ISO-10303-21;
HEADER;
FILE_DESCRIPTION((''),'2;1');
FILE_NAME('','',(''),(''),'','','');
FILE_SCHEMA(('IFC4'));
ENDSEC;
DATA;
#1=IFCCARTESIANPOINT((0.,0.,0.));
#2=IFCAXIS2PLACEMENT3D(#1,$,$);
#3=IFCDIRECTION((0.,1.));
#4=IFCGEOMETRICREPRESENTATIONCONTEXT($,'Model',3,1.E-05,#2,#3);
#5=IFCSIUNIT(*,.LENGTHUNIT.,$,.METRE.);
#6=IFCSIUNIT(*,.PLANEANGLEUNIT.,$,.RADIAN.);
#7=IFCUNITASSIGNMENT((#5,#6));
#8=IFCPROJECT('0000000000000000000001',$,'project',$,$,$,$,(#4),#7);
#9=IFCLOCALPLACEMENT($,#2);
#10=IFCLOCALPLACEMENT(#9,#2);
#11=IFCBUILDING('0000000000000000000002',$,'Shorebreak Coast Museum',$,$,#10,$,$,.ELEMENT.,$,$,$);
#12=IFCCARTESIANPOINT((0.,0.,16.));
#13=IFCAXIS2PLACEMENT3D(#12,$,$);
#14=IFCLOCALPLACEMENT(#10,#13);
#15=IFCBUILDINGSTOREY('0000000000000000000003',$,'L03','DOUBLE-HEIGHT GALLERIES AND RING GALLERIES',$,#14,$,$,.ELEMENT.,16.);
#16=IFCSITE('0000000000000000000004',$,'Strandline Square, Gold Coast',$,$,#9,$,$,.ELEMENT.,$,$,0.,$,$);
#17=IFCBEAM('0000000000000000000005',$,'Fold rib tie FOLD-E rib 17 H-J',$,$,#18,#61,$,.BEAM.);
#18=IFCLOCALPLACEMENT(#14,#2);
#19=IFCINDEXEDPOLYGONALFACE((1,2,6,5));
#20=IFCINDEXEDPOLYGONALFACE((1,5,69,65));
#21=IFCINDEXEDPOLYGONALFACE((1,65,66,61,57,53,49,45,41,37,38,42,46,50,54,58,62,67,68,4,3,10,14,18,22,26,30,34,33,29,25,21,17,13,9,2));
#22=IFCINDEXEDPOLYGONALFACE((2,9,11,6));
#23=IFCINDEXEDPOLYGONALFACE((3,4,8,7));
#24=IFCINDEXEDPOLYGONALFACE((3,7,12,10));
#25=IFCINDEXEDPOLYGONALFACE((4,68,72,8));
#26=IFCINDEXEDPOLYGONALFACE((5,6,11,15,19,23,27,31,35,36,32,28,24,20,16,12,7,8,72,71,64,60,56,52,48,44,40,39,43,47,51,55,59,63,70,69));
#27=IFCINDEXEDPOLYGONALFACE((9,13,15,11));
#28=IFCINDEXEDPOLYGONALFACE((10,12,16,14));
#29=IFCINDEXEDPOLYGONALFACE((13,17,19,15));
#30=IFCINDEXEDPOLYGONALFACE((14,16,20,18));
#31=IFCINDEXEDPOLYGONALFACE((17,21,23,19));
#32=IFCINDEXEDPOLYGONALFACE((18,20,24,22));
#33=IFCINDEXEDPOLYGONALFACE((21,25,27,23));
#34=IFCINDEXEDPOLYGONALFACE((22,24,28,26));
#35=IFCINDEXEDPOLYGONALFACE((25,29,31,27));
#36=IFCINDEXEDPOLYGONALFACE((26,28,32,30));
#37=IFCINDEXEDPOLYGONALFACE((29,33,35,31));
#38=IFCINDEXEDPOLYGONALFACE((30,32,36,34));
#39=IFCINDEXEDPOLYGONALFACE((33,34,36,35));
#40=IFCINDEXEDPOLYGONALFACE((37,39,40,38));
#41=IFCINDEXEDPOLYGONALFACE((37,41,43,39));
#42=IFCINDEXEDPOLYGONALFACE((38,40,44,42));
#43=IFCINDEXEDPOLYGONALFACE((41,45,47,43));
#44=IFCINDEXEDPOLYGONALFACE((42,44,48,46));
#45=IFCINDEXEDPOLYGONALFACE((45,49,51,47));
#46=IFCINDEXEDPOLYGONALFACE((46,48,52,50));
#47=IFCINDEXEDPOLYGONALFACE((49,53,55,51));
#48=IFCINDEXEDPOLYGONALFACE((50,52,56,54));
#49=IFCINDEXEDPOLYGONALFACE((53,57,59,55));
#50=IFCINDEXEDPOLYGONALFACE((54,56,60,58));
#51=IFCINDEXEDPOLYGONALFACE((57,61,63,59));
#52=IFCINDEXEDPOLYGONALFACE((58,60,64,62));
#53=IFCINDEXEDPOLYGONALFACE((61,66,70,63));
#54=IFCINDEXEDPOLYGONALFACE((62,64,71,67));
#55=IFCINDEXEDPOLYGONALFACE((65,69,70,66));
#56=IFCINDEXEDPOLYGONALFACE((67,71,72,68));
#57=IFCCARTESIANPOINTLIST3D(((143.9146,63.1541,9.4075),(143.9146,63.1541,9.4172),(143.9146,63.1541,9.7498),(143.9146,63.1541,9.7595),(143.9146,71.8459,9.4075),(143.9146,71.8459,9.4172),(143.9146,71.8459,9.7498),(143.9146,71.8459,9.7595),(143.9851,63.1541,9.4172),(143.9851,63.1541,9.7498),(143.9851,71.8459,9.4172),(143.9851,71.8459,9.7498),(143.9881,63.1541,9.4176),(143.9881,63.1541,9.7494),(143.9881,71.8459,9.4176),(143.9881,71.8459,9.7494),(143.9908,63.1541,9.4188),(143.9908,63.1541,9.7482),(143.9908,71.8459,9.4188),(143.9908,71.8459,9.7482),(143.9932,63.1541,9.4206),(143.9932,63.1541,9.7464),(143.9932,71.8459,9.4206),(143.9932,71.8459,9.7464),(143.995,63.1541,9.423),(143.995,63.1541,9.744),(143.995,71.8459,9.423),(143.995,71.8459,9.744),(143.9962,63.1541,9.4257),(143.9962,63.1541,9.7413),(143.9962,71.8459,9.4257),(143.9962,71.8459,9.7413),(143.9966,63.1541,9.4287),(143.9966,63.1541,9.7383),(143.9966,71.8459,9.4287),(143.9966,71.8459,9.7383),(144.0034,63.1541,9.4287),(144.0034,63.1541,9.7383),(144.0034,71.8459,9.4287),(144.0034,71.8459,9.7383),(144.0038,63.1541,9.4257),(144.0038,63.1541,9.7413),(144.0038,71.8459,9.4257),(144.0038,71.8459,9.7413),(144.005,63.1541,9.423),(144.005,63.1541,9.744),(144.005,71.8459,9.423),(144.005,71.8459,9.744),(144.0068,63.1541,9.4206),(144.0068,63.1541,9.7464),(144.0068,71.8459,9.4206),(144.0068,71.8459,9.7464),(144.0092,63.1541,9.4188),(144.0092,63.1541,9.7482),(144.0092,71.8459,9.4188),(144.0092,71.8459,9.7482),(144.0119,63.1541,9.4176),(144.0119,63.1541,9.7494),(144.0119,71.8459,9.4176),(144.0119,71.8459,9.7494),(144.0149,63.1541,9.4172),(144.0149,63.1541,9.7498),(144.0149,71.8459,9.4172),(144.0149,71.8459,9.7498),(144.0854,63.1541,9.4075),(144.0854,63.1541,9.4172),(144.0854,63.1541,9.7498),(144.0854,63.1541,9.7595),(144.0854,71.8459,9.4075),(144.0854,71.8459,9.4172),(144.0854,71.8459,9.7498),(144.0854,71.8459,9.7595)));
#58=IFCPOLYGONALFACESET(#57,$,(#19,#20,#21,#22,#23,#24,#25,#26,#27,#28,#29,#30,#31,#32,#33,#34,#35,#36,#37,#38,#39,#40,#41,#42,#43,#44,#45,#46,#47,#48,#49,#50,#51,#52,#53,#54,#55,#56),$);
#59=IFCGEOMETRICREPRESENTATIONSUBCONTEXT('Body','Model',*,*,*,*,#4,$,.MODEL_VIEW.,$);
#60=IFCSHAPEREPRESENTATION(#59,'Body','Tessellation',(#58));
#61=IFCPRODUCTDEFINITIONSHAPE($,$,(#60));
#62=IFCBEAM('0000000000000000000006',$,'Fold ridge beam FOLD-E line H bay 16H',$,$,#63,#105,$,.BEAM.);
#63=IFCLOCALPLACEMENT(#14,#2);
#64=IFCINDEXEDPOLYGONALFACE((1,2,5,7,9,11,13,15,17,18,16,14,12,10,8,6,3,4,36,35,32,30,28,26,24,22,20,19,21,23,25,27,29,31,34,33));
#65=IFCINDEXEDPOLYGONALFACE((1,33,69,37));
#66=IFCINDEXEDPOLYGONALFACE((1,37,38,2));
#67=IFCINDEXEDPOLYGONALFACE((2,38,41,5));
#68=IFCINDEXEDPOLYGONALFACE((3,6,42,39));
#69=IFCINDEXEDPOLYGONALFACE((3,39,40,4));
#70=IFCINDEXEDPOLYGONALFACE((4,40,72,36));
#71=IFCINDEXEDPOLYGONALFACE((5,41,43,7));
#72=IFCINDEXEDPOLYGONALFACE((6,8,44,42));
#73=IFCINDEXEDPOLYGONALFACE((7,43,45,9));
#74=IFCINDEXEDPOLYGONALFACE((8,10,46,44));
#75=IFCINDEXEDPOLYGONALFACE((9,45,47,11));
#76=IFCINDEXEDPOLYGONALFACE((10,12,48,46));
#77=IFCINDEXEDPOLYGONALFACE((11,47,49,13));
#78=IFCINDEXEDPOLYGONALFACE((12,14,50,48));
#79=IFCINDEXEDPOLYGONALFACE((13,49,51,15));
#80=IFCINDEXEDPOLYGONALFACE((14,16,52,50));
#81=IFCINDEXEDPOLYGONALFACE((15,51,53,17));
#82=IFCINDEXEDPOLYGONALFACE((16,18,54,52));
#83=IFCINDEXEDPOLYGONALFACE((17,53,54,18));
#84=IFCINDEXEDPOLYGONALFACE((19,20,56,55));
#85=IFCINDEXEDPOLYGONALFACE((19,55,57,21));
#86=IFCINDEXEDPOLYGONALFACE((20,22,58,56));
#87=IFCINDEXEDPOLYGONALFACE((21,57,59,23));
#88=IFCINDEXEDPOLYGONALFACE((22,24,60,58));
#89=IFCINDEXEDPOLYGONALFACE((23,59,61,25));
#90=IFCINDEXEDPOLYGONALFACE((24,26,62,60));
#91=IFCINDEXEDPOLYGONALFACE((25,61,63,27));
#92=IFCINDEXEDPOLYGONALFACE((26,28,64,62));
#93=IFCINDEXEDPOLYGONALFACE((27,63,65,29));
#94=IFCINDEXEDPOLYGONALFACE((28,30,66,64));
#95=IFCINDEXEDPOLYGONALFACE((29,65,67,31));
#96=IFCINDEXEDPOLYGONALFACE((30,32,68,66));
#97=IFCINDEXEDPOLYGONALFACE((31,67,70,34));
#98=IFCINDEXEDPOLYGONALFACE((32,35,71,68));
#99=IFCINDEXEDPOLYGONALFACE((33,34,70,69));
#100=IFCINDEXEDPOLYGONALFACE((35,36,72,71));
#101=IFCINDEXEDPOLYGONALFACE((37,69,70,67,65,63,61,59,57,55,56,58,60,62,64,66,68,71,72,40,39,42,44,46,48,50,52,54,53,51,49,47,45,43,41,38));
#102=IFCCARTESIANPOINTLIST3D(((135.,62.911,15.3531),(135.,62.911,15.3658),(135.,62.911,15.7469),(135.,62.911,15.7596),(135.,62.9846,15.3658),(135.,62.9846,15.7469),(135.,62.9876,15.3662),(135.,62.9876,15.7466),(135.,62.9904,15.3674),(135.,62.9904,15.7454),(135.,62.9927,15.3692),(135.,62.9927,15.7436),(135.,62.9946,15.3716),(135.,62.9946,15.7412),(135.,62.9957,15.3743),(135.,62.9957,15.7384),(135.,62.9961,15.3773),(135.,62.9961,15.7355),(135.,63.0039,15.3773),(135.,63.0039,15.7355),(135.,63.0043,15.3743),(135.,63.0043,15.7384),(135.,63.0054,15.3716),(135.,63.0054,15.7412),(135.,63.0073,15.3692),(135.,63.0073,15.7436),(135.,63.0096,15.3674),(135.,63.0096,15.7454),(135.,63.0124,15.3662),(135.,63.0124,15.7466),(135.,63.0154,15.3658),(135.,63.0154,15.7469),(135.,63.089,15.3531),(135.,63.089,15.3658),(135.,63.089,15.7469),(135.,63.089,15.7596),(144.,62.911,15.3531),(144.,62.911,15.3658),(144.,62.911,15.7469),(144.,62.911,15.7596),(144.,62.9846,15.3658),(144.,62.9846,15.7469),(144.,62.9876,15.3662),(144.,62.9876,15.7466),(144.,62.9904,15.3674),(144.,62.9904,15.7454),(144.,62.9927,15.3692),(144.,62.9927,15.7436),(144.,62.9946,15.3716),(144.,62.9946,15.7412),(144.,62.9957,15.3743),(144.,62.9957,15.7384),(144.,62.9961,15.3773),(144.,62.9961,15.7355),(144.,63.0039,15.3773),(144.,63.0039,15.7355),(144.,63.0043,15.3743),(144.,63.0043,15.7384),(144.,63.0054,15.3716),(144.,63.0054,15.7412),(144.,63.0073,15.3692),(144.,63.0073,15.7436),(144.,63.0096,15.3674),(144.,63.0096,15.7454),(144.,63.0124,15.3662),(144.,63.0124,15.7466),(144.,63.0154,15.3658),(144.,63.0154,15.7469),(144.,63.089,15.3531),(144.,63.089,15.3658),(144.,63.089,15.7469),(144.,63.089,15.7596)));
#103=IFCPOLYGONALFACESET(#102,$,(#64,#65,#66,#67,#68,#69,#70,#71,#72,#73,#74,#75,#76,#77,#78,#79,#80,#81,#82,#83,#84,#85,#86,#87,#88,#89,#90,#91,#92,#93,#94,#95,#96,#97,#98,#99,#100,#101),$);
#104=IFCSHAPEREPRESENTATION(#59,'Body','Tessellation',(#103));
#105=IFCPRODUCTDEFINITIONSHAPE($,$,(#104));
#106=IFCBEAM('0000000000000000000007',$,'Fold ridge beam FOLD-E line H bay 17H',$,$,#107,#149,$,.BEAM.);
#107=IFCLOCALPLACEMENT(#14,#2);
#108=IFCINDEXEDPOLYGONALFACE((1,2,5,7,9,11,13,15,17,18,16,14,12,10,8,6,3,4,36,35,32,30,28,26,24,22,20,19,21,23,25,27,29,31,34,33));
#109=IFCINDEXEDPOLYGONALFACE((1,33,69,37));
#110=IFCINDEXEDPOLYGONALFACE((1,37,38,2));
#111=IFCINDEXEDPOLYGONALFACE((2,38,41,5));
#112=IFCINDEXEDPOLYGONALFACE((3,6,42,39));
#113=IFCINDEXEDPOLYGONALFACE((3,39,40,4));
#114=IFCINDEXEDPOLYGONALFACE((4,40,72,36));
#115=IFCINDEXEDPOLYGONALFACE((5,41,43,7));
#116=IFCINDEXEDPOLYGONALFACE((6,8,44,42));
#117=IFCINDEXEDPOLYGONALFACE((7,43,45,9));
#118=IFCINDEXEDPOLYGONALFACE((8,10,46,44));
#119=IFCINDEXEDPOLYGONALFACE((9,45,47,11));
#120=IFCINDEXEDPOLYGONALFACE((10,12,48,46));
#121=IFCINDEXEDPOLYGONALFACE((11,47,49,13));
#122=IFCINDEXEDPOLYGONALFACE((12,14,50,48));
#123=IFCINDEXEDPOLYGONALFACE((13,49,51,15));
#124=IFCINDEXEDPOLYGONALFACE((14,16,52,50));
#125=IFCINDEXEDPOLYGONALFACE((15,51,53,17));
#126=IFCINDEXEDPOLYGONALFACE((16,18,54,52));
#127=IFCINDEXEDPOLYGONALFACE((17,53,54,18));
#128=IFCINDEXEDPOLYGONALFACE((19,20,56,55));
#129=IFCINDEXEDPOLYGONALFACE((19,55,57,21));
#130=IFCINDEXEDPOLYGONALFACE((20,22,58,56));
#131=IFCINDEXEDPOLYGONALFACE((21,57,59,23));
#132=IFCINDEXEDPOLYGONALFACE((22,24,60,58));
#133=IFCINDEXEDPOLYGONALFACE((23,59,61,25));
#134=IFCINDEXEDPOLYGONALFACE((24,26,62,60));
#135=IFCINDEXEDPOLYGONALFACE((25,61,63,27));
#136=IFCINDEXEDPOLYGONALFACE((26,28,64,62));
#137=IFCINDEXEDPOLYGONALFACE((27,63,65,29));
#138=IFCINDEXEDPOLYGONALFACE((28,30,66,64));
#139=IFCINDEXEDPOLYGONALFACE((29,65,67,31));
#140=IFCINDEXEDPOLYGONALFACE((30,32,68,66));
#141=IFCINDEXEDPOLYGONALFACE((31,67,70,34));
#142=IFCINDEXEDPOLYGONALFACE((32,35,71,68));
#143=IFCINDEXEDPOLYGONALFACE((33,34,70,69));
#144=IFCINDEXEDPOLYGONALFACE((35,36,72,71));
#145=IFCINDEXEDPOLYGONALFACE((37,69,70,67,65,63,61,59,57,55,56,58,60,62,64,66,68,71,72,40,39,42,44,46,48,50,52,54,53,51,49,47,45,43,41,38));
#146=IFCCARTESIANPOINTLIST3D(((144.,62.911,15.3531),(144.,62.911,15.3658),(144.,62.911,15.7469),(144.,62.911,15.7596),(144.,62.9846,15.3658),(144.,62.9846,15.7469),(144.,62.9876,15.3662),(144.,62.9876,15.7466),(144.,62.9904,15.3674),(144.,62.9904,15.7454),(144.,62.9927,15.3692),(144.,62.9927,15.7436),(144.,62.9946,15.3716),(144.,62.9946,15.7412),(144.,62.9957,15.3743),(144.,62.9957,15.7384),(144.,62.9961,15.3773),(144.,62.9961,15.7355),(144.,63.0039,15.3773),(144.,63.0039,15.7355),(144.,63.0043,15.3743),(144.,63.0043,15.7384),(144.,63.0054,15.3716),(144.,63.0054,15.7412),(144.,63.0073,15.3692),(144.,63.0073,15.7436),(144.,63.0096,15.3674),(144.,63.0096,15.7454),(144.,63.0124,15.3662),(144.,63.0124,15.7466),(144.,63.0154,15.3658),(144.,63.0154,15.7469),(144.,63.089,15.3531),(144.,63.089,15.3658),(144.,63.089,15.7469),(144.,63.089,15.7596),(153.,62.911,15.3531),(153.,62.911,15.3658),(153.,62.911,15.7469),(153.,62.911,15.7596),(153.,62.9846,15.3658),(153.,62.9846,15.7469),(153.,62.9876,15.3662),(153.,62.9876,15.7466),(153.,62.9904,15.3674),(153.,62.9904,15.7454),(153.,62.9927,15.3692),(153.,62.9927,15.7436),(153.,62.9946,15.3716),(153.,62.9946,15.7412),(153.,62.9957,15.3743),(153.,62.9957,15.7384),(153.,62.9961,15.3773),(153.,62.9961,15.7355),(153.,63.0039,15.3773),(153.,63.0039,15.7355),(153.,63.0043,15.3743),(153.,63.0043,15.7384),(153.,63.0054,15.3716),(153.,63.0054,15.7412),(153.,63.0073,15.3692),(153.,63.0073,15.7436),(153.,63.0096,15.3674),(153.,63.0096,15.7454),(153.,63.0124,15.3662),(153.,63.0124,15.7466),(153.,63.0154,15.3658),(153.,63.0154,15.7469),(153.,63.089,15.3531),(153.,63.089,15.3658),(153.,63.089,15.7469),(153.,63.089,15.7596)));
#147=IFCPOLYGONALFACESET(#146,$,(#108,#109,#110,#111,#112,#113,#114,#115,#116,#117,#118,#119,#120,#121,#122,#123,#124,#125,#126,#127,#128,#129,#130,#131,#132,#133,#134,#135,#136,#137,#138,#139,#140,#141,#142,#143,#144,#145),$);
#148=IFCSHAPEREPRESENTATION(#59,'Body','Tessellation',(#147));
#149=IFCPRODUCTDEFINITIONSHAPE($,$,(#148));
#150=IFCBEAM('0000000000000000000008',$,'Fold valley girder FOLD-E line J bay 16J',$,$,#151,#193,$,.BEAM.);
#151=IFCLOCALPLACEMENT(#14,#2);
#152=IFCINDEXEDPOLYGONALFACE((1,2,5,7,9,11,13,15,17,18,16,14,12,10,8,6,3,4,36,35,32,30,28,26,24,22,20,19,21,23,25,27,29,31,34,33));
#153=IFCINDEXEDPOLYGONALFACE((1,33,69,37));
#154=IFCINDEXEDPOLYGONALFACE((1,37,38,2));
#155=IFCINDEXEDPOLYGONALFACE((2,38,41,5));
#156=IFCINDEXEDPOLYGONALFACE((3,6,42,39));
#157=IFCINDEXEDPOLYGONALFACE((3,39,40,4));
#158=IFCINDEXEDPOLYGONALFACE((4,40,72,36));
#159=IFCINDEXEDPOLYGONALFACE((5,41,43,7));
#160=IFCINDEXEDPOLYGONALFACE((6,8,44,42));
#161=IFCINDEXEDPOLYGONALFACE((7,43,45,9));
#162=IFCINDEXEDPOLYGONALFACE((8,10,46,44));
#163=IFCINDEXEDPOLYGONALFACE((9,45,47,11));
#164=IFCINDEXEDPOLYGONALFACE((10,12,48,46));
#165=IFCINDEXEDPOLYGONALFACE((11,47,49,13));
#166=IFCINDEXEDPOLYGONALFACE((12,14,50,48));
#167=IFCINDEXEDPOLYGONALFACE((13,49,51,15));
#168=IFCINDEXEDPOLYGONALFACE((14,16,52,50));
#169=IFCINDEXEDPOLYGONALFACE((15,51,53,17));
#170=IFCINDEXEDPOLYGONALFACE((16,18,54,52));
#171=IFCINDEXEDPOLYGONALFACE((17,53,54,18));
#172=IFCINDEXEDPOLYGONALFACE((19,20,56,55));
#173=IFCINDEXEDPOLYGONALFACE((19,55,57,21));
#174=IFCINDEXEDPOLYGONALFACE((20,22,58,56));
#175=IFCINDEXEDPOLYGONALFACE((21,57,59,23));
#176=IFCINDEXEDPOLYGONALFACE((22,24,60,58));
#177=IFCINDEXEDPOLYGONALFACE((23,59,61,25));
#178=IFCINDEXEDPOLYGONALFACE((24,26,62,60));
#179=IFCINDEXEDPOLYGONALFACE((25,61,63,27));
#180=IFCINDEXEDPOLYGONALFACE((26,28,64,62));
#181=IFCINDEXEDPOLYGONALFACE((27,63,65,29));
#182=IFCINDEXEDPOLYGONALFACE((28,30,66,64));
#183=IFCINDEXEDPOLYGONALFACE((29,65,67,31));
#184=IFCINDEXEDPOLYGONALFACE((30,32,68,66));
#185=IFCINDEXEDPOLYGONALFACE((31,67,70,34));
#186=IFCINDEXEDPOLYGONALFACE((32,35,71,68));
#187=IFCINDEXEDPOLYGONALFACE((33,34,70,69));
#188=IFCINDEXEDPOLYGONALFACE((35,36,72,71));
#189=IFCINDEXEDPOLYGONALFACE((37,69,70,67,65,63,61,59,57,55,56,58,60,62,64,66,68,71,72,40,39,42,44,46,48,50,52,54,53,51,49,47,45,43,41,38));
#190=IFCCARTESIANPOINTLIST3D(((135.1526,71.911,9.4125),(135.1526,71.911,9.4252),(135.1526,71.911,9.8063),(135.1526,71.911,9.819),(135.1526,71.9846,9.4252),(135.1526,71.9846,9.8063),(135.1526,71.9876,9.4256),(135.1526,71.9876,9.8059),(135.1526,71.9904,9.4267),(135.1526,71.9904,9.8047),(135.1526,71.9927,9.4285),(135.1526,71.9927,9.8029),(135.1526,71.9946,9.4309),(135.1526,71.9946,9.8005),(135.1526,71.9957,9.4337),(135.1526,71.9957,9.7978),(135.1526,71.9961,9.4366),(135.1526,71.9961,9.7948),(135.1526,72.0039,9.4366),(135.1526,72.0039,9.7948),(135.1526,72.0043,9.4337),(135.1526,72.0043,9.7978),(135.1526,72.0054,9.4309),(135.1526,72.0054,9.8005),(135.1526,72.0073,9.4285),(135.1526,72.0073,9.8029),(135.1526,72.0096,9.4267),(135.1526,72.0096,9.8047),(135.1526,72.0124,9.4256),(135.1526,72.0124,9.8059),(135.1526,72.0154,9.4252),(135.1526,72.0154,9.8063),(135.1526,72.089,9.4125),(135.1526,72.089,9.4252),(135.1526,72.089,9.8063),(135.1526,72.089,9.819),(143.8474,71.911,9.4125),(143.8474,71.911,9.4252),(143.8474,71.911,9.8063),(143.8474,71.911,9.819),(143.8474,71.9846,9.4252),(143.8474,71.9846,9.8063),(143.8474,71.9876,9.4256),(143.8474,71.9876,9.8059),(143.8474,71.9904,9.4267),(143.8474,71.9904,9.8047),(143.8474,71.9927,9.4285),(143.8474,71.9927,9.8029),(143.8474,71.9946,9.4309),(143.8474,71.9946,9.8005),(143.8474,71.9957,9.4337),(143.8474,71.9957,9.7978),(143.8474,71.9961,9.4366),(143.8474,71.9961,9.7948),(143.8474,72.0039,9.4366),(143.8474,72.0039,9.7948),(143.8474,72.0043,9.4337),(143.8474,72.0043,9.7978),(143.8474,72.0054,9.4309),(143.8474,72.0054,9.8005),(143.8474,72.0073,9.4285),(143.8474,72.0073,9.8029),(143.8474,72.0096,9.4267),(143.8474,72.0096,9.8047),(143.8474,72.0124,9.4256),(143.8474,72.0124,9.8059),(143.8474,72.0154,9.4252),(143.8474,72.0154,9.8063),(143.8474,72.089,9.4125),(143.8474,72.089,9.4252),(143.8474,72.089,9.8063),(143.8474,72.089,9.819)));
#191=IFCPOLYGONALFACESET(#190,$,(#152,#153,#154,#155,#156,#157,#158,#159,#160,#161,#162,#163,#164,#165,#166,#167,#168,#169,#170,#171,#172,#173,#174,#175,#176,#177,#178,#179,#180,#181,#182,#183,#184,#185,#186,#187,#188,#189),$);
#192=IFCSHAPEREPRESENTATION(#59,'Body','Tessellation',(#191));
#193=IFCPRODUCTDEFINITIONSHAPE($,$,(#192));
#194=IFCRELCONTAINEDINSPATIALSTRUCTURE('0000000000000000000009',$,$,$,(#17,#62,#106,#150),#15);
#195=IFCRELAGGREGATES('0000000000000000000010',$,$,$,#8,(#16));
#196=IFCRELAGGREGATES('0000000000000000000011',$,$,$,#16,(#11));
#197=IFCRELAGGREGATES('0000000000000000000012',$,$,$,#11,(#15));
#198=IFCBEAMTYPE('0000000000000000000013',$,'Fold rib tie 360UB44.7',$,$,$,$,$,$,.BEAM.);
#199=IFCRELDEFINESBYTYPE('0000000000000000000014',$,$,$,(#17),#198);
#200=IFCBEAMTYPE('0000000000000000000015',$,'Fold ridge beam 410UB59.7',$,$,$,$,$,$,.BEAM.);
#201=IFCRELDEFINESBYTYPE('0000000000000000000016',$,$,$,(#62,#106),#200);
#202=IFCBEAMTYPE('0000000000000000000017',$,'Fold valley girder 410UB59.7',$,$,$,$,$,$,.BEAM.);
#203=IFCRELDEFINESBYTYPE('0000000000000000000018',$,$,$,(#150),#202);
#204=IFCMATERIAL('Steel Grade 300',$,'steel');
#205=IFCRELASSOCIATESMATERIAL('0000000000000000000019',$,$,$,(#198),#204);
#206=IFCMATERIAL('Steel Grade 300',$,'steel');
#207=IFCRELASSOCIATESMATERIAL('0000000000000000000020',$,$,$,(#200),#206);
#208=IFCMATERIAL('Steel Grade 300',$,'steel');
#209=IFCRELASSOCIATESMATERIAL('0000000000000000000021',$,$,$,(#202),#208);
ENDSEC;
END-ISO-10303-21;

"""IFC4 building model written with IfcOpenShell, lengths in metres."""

from ifc_helpers import new_model, si_unit, direction, frame, origin, origin_2d, place, context, subcontext, project, spatial, i_section, extrude, material, material_profile, profile_set, type_object, element, save


model = new_model("IFC4")

# Units and contexts
model_context = context("Model", 3, precision=1e-05, world=origin(), true_north=direction((0.0, 1.0)))
body_context = subcontext(model_context, "Body", "Model", "MODEL_VIEW")
ifc_project = project(units=[si_unit("LENGTHUNIT", "METRE"), si_unit("PLANEANGLEUNIT", "RADIAN")], contexts=[model_context])

# Site, building, storey
site_placement = place(None, origin())
site = spatial("IfcSite", under=ifc_project, at=site_placement, Name="Strandline Square, Gold Coast", CompositionType="ELEMENT", RefElevation=0.0)
building_placement = place(site_placement, origin())
building = spatial("IfcBuilding", under=site, at=building_placement, Name="Shorebreak Coast Museum", CompositionType="ELEMENT")
storey_placement = place(building_placement, frame((0.0, 0.0, 16.0)))
storey = spatial("IfcBuildingStorey", under=building, at=storey_placement, Name="L03", Description="DOUBLE-HEIGHT GALLERIES AND RING GALLERIES", CompositionType="ELEMENT", Elevation=16.0)

# Beams
ifc_material_1 = material(Name="Steel Grade 300", Category="steel")
ifc_material_profile_1 = material_profile(ifc_material_1, i_section(OverallWidth=0.1709, OverallDepth=0.3521, WebThickness=0.0068, FlangeThickness=0.0098, FilletRadius=0.0115, at=origin_2d()), Name="360UB44.7")
ifc_profile_set_1 = profile_set([ifc_material_profile_1], Name="Steel Grade 300")
beam_type_1 = type_object("IfcBeamType", Name="Fold rib tie 360UB44.7", PredefinedType="BEAM", material=ifc_profile_set_1)
for number, where, z_axis, x_axis, name in (
    (1, (144.0, 63.1541, 9.5835), (0.0, 1.0, 0.0), (-1.0, 0.0, 0.0), "Fold rib tie FOLD-E rib 17 H-J"),
):
    element("IfcBeam", number, at=place(storey_placement, frame(where, z_axis=z_axis, x_axis=x_axis)), inside=storey, type_object=beam_type_1, Name=name, PredefinedType="BEAM", context=body_context, shape_type="SweptSolid", body=[
        extrude(i_section(OverallWidth=0.1709, OverallDepth=0.3521, WebThickness=0.0068, FlangeThickness=0.0098, FilletRadius=0.0115, at=origin_2d()), origin(), (0.0, 0.0, 1.0), 8.6919),
    ])
ifc_material_2 = material(Name="Steel Grade 300", Category="steel")
ifc_material_profile_2 = material_profile(ifc_material_2, i_section(OverallWidth=0.178, OverallDepth=0.4065, WebThickness=0.0078, FlangeThickness=0.0127, FilletRadius=0.0115, at=origin_2d()), Name="410UB59.7")
ifc_profile_set_2 = profile_set([ifc_material_profile_2], Name="Steel Grade 300")
beam_type_2 = type_object("IfcBeamType", Name="Fold ridge beam 410UB59.7", PredefinedType="BEAM", material=ifc_profile_set_2)
for number, where, z_axis, x_axis, name in (
    (2, (135.0, 63.0, 15.5564), (1.0, 0.0, 0.0), (0.0, 1.0, 0.0), "Fold ridge beam FOLD-E line H bay 16H"),
    (3, (144.0, 63.0, 15.5564), (1.0, 0.0, 0.0), (0.0, 1.0, 0.0), "Fold ridge beam FOLD-E line H bay 17H"),
):
    element("IfcBeam", number, at=place(storey_placement, frame(where, z_axis=z_axis, x_axis=x_axis)), inside=storey, type_object=beam_type_2, Name=name, PredefinedType="BEAM", context=body_context, shape_type="SweptSolid", body=[
        extrude(i_section(OverallWidth=0.178, OverallDepth=0.4065, WebThickness=0.0078, FlangeThickness=0.0127, FilletRadius=0.0115, at=origin_2d()), origin(), (0.0, 0.0, 1.0), 9.0),
    ])
ifc_material_3 = material(Name="Steel Grade 300", Category="steel")
ifc_material_profile_3 = material_profile(ifc_material_3, i_section(OverallWidth=0.178, OverallDepth=0.4065, WebThickness=0.0078, FlangeThickness=0.0127, FilletRadius=0.0115, at=origin_2d()), Name="410UB59.7")
ifc_profile_set_3 = profile_set([ifc_material_profile_3], Name="Steel Grade 300")
beam_type_3 = type_object("IfcBeamType", Name="Fold valley girder 410UB59.7", PredefinedType="BEAM", material=ifc_profile_set_3)
beam_placement = place(storey_placement, frame((135.1526, 72.0, 9.6157), z_axis=(1.0, 0.0, 0.0), x_axis=(0.0, 1.0, 0.0)))
element("IfcBeam", 4, at=beam_placement, inside=storey, type_object=beam_type_3, Name="Fold valley girder FOLD-E line J bay 16J", PredefinedType="BEAM", context=body_context, shape_type="SweptSolid", body=[
    extrude(i_section(OverallWidth=0.178, OverallDepth=0.4065, WebThickness=0.0078, FlangeThickness=0.0127, FilletRadius=0.0115, at=origin_2d()), origin(), (0.0, 0.0, 1.0), 8.6948),
])

save(model, "model.ifc")
